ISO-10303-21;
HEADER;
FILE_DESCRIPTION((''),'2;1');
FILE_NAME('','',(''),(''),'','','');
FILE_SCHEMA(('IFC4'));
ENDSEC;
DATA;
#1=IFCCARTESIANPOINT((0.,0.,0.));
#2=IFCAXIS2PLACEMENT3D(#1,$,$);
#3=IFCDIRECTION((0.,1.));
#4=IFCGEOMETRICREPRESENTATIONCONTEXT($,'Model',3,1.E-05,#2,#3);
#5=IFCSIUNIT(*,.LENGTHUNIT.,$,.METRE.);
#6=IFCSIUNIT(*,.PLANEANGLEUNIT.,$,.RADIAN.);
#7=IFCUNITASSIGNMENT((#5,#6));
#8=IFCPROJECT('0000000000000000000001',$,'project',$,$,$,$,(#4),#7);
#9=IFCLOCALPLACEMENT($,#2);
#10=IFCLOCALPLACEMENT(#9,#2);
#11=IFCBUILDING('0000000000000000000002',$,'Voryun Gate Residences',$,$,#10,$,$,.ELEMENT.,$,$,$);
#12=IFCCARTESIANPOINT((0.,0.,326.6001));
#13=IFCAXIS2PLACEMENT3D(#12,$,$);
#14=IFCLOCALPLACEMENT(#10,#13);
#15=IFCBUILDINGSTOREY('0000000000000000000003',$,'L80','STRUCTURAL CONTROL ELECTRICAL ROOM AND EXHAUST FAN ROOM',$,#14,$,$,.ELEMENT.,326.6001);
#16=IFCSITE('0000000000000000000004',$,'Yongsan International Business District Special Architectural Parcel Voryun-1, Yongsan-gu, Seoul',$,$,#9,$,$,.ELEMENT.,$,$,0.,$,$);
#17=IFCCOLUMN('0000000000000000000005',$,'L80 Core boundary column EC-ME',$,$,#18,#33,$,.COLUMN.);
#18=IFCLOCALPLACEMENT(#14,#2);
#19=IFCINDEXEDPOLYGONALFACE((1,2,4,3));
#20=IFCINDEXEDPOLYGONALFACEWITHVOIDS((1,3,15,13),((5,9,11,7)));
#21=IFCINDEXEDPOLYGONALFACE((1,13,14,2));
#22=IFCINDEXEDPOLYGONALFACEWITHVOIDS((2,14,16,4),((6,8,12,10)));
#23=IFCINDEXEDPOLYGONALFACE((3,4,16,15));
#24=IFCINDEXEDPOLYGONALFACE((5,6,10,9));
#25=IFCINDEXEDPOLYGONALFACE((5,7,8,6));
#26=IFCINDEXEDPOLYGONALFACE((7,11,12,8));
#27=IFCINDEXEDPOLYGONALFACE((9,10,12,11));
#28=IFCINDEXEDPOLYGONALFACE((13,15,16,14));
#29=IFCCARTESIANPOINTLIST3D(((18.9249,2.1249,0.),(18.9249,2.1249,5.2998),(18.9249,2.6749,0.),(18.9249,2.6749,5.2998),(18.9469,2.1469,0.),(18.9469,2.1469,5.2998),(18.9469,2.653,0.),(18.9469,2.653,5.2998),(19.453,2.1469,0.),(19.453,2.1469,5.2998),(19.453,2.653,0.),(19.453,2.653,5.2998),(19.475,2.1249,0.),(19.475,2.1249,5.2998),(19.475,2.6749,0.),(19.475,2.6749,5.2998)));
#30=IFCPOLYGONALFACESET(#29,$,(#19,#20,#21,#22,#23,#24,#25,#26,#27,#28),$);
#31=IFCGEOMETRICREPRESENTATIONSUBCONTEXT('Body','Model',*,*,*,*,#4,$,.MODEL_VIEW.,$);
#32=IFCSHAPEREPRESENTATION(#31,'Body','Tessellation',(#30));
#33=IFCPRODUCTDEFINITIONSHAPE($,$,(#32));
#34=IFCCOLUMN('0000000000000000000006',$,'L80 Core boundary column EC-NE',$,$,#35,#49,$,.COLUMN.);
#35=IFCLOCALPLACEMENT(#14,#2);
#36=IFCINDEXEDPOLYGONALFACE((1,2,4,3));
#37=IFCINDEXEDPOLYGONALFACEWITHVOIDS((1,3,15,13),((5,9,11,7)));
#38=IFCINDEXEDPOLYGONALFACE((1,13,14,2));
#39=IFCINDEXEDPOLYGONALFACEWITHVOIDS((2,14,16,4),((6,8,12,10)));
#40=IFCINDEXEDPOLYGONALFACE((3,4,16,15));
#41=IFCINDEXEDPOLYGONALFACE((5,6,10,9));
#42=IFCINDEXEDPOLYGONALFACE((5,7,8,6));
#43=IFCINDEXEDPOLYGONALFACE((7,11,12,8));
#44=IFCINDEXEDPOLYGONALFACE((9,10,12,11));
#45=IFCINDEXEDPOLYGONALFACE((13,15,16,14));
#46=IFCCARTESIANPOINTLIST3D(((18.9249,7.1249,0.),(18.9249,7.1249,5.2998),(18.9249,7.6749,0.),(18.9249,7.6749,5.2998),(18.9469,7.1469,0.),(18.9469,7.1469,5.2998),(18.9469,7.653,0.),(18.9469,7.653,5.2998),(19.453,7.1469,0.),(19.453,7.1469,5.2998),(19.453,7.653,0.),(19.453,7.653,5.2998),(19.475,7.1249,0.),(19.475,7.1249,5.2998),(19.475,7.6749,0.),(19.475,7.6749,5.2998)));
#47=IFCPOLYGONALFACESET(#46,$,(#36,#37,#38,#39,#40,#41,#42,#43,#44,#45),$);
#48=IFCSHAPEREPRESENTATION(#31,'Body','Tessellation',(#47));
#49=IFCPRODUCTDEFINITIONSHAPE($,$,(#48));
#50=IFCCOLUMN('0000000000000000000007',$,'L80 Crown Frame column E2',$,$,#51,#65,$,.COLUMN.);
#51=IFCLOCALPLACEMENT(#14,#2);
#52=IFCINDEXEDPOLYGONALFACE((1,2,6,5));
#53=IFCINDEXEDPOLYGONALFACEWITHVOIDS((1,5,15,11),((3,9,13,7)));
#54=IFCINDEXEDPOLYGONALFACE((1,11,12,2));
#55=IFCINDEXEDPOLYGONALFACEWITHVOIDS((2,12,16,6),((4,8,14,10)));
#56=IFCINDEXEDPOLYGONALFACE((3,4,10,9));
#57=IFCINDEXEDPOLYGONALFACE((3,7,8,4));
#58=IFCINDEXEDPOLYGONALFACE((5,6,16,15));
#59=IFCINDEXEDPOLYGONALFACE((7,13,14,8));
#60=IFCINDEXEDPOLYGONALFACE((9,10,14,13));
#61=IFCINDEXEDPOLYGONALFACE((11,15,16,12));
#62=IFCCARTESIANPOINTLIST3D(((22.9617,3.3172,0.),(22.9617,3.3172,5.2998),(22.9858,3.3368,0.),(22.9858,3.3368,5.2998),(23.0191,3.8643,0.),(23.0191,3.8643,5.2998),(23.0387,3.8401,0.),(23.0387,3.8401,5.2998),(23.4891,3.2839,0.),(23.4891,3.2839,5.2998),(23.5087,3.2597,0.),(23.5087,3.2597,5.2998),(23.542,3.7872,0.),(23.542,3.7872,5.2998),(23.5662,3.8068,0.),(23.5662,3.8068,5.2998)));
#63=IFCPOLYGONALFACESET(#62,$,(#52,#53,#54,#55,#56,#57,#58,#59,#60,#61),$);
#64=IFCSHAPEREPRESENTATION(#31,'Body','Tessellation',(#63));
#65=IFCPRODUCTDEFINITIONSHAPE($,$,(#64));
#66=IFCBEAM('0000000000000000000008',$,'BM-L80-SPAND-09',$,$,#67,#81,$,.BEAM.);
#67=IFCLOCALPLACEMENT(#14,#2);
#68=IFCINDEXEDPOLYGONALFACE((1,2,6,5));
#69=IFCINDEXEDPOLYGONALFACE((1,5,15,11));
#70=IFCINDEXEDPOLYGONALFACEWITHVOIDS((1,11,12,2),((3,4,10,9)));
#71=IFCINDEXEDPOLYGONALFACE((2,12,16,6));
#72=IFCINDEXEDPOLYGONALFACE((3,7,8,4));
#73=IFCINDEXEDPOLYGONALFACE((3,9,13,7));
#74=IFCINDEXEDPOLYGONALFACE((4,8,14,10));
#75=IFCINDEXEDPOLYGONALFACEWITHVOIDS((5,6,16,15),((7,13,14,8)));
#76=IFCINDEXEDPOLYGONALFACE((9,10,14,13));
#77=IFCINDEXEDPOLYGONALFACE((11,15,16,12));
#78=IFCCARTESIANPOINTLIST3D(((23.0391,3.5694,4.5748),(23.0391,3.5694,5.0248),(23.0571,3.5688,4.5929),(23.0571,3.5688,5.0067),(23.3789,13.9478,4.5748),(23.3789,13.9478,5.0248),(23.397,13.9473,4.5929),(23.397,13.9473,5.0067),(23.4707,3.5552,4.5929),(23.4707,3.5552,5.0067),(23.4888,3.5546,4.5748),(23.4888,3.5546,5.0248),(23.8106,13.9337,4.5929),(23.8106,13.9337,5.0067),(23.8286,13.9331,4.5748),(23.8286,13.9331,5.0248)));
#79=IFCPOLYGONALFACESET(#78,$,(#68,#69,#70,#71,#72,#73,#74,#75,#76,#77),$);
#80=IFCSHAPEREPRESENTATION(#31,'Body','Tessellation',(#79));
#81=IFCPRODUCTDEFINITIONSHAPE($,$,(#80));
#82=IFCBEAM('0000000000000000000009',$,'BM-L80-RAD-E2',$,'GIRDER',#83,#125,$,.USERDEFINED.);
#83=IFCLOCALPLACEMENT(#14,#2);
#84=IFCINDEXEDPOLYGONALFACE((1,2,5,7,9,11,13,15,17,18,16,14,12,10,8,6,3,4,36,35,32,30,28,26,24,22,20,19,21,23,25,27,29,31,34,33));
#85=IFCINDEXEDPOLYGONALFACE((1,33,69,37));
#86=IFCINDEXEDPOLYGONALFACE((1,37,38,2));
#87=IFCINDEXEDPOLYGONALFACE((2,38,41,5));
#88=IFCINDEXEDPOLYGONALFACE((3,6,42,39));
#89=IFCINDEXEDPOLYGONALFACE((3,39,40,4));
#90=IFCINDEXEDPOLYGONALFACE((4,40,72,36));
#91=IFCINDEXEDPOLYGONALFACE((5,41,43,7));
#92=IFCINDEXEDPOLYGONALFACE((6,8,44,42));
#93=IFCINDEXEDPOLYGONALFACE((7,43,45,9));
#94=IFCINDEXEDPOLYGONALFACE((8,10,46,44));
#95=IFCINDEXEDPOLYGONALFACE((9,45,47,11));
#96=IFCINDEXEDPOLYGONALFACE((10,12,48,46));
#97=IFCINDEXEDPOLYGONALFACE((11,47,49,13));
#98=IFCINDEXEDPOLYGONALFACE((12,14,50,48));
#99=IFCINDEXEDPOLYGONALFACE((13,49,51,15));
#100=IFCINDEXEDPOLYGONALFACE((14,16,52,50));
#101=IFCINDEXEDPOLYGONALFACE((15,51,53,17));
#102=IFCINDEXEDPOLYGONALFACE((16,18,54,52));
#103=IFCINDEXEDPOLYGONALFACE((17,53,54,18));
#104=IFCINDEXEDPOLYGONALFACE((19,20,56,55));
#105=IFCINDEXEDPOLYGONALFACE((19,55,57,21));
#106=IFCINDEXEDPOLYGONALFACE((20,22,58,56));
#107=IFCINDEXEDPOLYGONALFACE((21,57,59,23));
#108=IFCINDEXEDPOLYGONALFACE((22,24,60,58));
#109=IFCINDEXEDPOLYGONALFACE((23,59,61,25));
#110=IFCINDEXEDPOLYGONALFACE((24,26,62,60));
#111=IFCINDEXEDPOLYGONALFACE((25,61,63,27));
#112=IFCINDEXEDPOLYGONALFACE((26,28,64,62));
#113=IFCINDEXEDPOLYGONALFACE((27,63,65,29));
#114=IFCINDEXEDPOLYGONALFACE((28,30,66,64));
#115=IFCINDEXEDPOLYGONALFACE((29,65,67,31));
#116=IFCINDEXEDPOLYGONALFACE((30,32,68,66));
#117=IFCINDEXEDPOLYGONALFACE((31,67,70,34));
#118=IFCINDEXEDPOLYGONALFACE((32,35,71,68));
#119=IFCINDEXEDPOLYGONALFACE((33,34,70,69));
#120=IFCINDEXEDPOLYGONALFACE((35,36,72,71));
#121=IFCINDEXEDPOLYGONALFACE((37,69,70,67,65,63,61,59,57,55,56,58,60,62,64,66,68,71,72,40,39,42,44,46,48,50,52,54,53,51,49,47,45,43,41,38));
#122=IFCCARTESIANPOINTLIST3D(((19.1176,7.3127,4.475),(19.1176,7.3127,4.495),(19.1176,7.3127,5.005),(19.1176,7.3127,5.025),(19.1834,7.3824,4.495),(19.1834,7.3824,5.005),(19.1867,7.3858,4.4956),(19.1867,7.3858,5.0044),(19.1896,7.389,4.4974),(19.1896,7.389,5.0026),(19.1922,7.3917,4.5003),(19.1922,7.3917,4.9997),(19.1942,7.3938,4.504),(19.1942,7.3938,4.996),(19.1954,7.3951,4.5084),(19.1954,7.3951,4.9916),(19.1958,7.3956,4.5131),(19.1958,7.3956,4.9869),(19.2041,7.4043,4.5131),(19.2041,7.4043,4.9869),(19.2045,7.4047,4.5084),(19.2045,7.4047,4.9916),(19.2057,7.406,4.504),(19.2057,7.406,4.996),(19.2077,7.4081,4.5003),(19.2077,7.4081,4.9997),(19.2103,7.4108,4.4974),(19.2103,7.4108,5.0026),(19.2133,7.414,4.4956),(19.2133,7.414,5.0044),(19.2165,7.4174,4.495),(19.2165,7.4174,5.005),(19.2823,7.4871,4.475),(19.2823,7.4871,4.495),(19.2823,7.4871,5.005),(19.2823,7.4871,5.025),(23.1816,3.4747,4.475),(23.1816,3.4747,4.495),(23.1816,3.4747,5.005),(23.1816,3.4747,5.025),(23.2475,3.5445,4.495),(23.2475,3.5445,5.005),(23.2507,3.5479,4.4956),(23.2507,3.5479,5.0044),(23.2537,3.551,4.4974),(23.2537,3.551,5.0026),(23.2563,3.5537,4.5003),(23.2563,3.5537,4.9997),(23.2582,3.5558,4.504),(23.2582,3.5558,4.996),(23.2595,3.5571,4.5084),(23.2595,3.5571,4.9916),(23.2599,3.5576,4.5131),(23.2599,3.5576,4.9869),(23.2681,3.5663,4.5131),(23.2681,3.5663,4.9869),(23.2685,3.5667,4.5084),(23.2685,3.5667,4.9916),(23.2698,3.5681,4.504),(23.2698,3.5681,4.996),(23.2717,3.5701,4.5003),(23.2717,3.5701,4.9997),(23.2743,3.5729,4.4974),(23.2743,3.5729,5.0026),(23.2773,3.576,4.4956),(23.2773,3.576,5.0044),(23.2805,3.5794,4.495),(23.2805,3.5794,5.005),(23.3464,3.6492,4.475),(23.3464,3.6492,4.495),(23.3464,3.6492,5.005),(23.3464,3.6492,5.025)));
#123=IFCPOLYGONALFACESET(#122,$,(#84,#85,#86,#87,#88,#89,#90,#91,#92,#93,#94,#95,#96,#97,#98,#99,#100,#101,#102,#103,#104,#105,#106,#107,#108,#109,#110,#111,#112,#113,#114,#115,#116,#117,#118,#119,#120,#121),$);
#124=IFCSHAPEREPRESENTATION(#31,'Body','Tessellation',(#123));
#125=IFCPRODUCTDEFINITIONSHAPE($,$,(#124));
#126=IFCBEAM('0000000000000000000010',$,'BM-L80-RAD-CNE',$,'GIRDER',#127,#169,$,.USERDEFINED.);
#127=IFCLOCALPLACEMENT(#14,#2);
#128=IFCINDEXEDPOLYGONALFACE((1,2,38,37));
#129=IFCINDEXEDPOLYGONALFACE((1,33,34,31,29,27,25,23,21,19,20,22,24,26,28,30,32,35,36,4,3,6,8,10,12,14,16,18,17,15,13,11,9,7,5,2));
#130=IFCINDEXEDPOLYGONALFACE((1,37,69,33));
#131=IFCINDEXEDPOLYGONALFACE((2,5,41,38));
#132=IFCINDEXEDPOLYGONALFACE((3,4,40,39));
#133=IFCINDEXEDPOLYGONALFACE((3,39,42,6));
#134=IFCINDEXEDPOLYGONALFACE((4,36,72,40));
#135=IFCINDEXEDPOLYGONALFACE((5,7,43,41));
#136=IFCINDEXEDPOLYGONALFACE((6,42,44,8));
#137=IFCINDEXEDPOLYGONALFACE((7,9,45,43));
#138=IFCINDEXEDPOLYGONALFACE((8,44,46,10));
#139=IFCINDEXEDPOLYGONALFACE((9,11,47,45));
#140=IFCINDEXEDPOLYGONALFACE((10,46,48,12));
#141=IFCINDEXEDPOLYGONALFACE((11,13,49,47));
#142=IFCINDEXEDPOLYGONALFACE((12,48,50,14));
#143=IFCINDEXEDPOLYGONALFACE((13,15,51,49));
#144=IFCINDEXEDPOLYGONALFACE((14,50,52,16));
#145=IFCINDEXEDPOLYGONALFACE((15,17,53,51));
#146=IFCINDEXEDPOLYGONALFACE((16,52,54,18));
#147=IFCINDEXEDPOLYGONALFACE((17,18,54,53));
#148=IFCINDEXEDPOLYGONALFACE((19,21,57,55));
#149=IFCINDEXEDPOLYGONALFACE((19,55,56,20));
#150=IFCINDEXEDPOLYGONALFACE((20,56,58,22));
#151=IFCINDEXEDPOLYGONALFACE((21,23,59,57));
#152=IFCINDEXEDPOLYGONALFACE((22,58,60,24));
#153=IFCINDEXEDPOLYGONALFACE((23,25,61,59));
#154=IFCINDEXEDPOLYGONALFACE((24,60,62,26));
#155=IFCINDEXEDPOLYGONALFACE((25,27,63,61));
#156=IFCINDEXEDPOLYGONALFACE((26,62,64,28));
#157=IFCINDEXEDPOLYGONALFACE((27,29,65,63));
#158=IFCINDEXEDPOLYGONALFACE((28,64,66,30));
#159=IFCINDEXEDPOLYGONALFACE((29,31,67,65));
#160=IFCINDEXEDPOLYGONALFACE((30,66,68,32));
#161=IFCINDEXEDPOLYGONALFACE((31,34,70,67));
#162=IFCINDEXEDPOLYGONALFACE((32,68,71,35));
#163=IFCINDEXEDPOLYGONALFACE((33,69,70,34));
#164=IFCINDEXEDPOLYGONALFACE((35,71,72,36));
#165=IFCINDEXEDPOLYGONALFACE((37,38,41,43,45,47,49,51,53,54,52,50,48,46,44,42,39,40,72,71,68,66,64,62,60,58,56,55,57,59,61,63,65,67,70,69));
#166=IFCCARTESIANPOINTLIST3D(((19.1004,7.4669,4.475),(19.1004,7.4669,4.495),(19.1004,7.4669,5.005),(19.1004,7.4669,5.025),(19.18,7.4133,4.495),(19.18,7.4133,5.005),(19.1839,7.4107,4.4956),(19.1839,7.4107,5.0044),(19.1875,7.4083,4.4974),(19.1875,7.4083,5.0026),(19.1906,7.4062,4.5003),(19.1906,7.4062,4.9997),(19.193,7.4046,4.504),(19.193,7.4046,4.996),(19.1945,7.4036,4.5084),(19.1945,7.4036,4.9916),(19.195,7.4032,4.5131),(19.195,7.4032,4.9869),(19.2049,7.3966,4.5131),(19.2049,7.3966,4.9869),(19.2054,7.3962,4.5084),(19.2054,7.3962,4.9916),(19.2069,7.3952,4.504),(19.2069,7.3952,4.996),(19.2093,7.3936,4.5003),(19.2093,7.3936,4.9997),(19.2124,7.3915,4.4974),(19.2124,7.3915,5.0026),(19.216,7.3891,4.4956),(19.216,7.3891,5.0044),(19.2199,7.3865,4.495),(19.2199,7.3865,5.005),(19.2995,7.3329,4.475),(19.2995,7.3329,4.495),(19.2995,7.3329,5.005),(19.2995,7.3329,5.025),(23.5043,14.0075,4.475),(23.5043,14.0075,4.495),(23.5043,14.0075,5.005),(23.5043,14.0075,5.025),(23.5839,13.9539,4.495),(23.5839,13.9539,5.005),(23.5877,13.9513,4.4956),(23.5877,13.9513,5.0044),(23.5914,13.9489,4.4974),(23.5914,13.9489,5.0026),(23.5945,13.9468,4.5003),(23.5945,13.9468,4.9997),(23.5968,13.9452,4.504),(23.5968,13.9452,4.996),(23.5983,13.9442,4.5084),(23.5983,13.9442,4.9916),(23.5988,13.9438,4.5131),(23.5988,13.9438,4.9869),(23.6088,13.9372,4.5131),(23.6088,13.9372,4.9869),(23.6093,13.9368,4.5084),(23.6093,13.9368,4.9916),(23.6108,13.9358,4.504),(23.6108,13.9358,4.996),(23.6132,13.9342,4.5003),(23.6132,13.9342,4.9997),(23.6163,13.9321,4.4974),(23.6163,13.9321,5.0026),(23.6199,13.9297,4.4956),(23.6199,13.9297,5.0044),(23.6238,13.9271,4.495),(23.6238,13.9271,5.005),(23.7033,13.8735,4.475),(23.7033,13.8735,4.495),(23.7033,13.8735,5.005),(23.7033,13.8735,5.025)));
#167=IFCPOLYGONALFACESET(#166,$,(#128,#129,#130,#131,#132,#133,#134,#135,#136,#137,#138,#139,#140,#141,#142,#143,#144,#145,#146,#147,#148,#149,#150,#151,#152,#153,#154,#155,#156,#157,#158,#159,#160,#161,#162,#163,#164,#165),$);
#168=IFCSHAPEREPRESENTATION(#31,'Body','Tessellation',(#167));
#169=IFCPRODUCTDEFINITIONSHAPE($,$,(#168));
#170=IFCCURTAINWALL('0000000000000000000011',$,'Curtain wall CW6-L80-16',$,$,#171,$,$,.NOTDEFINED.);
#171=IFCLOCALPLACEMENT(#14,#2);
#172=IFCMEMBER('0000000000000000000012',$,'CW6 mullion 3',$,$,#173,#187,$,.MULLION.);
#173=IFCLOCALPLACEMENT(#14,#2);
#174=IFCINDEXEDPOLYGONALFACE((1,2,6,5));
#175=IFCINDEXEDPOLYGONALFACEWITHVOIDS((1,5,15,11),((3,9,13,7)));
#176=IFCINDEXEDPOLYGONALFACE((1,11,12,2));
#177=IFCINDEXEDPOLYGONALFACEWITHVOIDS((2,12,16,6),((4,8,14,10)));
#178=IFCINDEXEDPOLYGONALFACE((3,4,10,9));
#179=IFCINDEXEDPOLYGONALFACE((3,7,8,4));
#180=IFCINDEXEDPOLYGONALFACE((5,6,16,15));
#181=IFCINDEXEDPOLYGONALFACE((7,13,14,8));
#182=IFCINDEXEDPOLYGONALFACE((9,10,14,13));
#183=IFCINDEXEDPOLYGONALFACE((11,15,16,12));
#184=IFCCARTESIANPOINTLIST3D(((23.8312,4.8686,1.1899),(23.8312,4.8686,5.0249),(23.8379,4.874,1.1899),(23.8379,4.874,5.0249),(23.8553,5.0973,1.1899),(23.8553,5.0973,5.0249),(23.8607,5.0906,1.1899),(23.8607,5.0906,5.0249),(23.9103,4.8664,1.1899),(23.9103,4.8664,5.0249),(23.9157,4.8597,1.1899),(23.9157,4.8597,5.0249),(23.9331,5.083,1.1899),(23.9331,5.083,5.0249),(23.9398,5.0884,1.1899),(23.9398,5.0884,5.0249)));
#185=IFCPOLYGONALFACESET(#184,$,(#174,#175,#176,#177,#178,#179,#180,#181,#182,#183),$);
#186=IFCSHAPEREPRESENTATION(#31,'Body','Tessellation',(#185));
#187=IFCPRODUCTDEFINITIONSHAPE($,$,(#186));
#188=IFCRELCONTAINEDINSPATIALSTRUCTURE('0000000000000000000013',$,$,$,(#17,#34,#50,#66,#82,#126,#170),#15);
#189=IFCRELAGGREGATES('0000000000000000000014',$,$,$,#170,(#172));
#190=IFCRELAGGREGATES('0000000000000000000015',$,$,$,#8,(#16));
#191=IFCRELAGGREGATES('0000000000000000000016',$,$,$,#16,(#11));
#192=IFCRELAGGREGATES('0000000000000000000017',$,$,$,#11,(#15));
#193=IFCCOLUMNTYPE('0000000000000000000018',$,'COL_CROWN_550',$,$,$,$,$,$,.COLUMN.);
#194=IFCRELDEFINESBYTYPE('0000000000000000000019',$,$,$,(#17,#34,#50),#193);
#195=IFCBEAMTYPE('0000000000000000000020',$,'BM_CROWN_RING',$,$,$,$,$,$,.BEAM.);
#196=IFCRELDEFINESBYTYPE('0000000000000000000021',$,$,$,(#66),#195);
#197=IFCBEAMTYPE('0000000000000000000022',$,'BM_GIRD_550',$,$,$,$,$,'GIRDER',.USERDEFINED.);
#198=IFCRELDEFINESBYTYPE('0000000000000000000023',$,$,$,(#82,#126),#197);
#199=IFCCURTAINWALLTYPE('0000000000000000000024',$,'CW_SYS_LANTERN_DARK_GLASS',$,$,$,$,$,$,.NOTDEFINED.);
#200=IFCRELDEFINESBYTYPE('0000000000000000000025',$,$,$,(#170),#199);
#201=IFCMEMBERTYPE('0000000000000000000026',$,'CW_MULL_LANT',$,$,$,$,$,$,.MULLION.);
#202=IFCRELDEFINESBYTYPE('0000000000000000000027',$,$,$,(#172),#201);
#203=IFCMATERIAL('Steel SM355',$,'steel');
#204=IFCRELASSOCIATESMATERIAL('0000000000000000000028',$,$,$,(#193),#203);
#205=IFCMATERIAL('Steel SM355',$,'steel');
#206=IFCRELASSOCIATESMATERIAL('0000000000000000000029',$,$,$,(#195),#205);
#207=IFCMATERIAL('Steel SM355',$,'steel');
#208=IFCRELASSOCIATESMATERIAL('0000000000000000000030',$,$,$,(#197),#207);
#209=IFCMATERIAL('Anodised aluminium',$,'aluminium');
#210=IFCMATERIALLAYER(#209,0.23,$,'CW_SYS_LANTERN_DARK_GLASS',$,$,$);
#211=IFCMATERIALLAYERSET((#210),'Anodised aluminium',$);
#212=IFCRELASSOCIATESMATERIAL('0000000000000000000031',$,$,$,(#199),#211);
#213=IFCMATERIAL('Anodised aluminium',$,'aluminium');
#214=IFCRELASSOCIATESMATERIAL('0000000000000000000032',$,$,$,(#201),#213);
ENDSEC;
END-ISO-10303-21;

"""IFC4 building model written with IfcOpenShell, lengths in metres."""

from ifc_helpers import new_model, si_unit, direction, frame, origin, origin_2d, place, context, subcontext, project, spatial, hollow_rectangle, i_section, extrude, material, layer, layer_set, material_profile, profile_set, type_object, element, aggregate, save


model = new_model("IFC4")

# Units and contexts
model_context = context("Model", 3, precision=1e-05, world=origin(), true_north=direction((0.0, 1.0)))
body_context = subcontext(model_context, "Body", "Model", "MODEL_VIEW")
ifc_project = project(units=[si_unit("LENGTHUNIT", "METRE"), si_unit("PLANEANGLEUNIT", "RADIAN")], contexts=[model_context])

# Site, building, storey
site_placement = place(None, origin())
site = spatial("IfcSite", under=ifc_project, at=site_placement, Name="Yongsan International Business District Special Architectural Parcel Voryun-1, Yongsan-gu, Seoul", CompositionType="ELEMENT", RefElevation=0.0)
building_placement = place(site_placement, origin())
building = spatial("IfcBuilding", under=site, at=building_placement, Name="Voryun Gate Residences", CompositionType="ELEMENT")
storey_placement = place(building_placement, frame((0.0, 0.0, 326.6001)))
storey = spatial("IfcBuildingStorey", under=building, at=storey_placement, Name="L80", Description="STRUCTURAL CONTROL ELECTRICAL ROOM AND EXHAUST FAN ROOM", CompositionType="ELEMENT", Elevation=326.6001)

# Columns
ifc_material_1 = material(Name="Steel SM355", Category="steel")
ifc_material_profile_1 = material_profile(ifc_material_1, hollow_rectangle(XDim=0.55, YDim=0.55, WallThickness=0.022, at=origin_2d()), Name="BOX-550x550x22")
ifc_profile_set_1 = profile_set([ifc_material_profile_1], Name="Steel SM355")
column_type = type_object("IfcColumnType", Name="COL_CROWN_550", PredefinedType="COLUMN", material=ifc_profile_set_1)
for number, where, z_axis, x_axis, name in (
    (1, (19.2, 2.3999, 0.0), (0.0, 0.0, 1.0), (1.0, 0.0, 0.0), "L80 Core boundary column EC-ME"),
    (2, (19.2, 7.3999, 0.0), (0.0, 0.0, 1.0), (1.0, 0.0, 0.0), "L80 Core boundary column EC-NE"),
    (3, (23.2639, 3.562, 0.0), (0.0, 0.0, 1.0), (0.994522, -0.104528, 0.0), "L80 Crown Frame column E2"),
):
    element("IfcColumn", number, at=place(storey_placement, frame(where, z_axis=z_axis, x_axis=x_axis)), inside=storey, type_object=column_type, Name=name, PredefinedType="COLUMN", context=body_context, shape_type="SweptSolid", body=[
        extrude(hollow_rectangle(XDim=0.55, YDim=0.55, WallThickness=0.022, at=origin_2d()), origin(), (0.0, 0.0, 1.0), 5.2998),
    ])

# Beams
ifc_material_2 = material(Name="Steel SM355", Category="steel")
ifc_material_profile_2 = material_profile(ifc_material_2, hollow_rectangle(XDim=0.45, YDim=0.45, WallThickness=0.0181, at=origin_2d()), Name="BOX-450x450x18")
ifc_profile_set_2 = profile_set([ifc_material_profile_2], Name="Steel SM355")
beam_type_1 = type_object("IfcBeamType", Name="BM_CROWN_RING", PredefinedType="BEAM", material=ifc_profile_set_2)
beam_1_placement = place(storey_placement, frame((23.2639, 3.562, 4.7998), z_axis=(0.032728, 0.999464, 0.0), x_axis=(-0.999464, 0.032728, 0.0)))
element("IfcBeam", 4, at=beam_1_placement, inside=storey, type_object=beam_type_1, Name="BM-L80-SPAND-09", PredefinedType="BEAM", context=body_context, shape_type="SweptSolid", body=[
    extrude(hollow_rectangle(XDim=0.45, YDim=0.45, WallThickness=0.0181, at=origin_2d()), origin(), (0.0, 0.0, 1.0), 10.384),
])
ifc_material_3 = material(Name="Steel SM355", Category="steel")
ifc_material_profile_3 = material_profile(ifc_material_3, i_section(OverallWidth=0.24, OverallDepth=0.55, WebThickness=0.012, FlangeThickness=0.02, FilletRadius=0.0181, at=origin_2d()), Name="H-550x240x12x20")
ifc_profile_set_3 = profile_set([ifc_material_profile_3], Name="Steel SM355")
beam_type_2 = type_object("IfcBeamType", Name="BM_GIRD_550", ElementType="GIRDER", PredefinedType="USERDEFINED", material=ifc_profile_set_3)
beam_2_placement = place(storey_placement, frame((19.2, 7.3999, 4.75), z_axis=(0.72704, -0.686595, 0.0), x_axis=(0.686595, 0.72704, 0.0)))
element("IfcBeam", 5, at=beam_2_placement, inside=storey, type_object=beam_type_2, Name="BM-L80-RAD-E2", ObjectType="GIRDER", PredefinedType="USERDEFINED", context=body_context, shape_type="SweptSolid", body=[
    extrude(i_section(OverallWidth=0.24, OverallDepth=0.55, WebThickness=0.012, FlangeThickness=0.02, FilletRadius=0.0181, at=origin_2d()), origin(), (0.0, 0.0, 1.0), 5.5898),
])
beam_3_placement = place(storey_placement, frame((19.2, 7.3999, 4.75), z_axis=(0.55851, 0.829498, 0.0), x_axis=(-0.829498, 0.55851, 0.0)))
element("IfcBeam", 6, at=beam_3_placement, inside=storey, type_object=beam_type_2, Name="BM-L80-RAD-CNE", ObjectType="GIRDER", PredefinedType="USERDEFINED", context=body_context, shape_type="SweptSolid", body=[
    extrude(i_section(OverallWidth=0.24, OverallDepth=0.55, WebThickness=0.012, FlangeThickness=0.02, FilletRadius=0.0181, at=origin_2d()), origin(), (0.0, 0.0, 1.0), 7.885),
])

# Curtain wall, member
ifc_material_4 = material(Name="Anodised aluminium", Category="aluminium")
ifc_layer_1 = layer(ifc_material_4, 0.23, Name="CW_SYS_LANTERN_DARK_GLASS")
ifc_layer_set_1 = layer_set([ifc_layer_1], Name="Anodised aluminium")
curtain_wall_type = type_object("IfcCurtainWallType", Name="CW_SYS_LANTERN_DARK_GLASS", PredefinedType="NOTDEFINED", material=ifc_layer_set_1)
curtain_wall_placement = place(storey_placement, origin())
curtain_wall = element("IfcCurtainWall", 7, at=curtain_wall_placement, inside=storey, type_object=curtain_wall_type, Name="Curtain wall CW6-L80-16", PredefinedType="NOTDEFINED")
ifc_material_5 = material(Name="Anodised aluminium", Category="aluminium")
ifc_material_profile_4 = material_profile(ifc_material_5, hollow_rectangle(XDim=0.085, YDim=0.23, WallThickness=0.0061, at=origin_2d()), Name="ALU-MULL-230x85x6")
ifc_profile_set_4 = profile_set([ifc_material_profile_4], Name="Anodised aluminium")
member_type_1 = type_object("IfcMemberType", Name="CW_MULL_LANT", PredefinedType="MULLION", material=ifc_profile_set_4)
member_1_placement = place(storey_placement, frame((23.8855, 4.9785, 1.1899), z_axis=(0.0, 0.0, 1.0), x_axis=(0.994522, -0.104528, 0.0)))
member_1 = element("IfcMember", 8, at=member_1_placement, type_object=member_type_1, Name="CW6 mullion 3", PredefinedType="MULLION", context=body_context, shape_type="SweptSolid", body=[
    extrude(hollow_rectangle(XDim=0.085, YDim=0.23, WallThickness=0.0061, at=origin_2d()), origin(), (0.0, 0.0, 1.0), 3.835),
])

aggregate(curtain_wall, [member_1])

save(model, "model.ifc")
